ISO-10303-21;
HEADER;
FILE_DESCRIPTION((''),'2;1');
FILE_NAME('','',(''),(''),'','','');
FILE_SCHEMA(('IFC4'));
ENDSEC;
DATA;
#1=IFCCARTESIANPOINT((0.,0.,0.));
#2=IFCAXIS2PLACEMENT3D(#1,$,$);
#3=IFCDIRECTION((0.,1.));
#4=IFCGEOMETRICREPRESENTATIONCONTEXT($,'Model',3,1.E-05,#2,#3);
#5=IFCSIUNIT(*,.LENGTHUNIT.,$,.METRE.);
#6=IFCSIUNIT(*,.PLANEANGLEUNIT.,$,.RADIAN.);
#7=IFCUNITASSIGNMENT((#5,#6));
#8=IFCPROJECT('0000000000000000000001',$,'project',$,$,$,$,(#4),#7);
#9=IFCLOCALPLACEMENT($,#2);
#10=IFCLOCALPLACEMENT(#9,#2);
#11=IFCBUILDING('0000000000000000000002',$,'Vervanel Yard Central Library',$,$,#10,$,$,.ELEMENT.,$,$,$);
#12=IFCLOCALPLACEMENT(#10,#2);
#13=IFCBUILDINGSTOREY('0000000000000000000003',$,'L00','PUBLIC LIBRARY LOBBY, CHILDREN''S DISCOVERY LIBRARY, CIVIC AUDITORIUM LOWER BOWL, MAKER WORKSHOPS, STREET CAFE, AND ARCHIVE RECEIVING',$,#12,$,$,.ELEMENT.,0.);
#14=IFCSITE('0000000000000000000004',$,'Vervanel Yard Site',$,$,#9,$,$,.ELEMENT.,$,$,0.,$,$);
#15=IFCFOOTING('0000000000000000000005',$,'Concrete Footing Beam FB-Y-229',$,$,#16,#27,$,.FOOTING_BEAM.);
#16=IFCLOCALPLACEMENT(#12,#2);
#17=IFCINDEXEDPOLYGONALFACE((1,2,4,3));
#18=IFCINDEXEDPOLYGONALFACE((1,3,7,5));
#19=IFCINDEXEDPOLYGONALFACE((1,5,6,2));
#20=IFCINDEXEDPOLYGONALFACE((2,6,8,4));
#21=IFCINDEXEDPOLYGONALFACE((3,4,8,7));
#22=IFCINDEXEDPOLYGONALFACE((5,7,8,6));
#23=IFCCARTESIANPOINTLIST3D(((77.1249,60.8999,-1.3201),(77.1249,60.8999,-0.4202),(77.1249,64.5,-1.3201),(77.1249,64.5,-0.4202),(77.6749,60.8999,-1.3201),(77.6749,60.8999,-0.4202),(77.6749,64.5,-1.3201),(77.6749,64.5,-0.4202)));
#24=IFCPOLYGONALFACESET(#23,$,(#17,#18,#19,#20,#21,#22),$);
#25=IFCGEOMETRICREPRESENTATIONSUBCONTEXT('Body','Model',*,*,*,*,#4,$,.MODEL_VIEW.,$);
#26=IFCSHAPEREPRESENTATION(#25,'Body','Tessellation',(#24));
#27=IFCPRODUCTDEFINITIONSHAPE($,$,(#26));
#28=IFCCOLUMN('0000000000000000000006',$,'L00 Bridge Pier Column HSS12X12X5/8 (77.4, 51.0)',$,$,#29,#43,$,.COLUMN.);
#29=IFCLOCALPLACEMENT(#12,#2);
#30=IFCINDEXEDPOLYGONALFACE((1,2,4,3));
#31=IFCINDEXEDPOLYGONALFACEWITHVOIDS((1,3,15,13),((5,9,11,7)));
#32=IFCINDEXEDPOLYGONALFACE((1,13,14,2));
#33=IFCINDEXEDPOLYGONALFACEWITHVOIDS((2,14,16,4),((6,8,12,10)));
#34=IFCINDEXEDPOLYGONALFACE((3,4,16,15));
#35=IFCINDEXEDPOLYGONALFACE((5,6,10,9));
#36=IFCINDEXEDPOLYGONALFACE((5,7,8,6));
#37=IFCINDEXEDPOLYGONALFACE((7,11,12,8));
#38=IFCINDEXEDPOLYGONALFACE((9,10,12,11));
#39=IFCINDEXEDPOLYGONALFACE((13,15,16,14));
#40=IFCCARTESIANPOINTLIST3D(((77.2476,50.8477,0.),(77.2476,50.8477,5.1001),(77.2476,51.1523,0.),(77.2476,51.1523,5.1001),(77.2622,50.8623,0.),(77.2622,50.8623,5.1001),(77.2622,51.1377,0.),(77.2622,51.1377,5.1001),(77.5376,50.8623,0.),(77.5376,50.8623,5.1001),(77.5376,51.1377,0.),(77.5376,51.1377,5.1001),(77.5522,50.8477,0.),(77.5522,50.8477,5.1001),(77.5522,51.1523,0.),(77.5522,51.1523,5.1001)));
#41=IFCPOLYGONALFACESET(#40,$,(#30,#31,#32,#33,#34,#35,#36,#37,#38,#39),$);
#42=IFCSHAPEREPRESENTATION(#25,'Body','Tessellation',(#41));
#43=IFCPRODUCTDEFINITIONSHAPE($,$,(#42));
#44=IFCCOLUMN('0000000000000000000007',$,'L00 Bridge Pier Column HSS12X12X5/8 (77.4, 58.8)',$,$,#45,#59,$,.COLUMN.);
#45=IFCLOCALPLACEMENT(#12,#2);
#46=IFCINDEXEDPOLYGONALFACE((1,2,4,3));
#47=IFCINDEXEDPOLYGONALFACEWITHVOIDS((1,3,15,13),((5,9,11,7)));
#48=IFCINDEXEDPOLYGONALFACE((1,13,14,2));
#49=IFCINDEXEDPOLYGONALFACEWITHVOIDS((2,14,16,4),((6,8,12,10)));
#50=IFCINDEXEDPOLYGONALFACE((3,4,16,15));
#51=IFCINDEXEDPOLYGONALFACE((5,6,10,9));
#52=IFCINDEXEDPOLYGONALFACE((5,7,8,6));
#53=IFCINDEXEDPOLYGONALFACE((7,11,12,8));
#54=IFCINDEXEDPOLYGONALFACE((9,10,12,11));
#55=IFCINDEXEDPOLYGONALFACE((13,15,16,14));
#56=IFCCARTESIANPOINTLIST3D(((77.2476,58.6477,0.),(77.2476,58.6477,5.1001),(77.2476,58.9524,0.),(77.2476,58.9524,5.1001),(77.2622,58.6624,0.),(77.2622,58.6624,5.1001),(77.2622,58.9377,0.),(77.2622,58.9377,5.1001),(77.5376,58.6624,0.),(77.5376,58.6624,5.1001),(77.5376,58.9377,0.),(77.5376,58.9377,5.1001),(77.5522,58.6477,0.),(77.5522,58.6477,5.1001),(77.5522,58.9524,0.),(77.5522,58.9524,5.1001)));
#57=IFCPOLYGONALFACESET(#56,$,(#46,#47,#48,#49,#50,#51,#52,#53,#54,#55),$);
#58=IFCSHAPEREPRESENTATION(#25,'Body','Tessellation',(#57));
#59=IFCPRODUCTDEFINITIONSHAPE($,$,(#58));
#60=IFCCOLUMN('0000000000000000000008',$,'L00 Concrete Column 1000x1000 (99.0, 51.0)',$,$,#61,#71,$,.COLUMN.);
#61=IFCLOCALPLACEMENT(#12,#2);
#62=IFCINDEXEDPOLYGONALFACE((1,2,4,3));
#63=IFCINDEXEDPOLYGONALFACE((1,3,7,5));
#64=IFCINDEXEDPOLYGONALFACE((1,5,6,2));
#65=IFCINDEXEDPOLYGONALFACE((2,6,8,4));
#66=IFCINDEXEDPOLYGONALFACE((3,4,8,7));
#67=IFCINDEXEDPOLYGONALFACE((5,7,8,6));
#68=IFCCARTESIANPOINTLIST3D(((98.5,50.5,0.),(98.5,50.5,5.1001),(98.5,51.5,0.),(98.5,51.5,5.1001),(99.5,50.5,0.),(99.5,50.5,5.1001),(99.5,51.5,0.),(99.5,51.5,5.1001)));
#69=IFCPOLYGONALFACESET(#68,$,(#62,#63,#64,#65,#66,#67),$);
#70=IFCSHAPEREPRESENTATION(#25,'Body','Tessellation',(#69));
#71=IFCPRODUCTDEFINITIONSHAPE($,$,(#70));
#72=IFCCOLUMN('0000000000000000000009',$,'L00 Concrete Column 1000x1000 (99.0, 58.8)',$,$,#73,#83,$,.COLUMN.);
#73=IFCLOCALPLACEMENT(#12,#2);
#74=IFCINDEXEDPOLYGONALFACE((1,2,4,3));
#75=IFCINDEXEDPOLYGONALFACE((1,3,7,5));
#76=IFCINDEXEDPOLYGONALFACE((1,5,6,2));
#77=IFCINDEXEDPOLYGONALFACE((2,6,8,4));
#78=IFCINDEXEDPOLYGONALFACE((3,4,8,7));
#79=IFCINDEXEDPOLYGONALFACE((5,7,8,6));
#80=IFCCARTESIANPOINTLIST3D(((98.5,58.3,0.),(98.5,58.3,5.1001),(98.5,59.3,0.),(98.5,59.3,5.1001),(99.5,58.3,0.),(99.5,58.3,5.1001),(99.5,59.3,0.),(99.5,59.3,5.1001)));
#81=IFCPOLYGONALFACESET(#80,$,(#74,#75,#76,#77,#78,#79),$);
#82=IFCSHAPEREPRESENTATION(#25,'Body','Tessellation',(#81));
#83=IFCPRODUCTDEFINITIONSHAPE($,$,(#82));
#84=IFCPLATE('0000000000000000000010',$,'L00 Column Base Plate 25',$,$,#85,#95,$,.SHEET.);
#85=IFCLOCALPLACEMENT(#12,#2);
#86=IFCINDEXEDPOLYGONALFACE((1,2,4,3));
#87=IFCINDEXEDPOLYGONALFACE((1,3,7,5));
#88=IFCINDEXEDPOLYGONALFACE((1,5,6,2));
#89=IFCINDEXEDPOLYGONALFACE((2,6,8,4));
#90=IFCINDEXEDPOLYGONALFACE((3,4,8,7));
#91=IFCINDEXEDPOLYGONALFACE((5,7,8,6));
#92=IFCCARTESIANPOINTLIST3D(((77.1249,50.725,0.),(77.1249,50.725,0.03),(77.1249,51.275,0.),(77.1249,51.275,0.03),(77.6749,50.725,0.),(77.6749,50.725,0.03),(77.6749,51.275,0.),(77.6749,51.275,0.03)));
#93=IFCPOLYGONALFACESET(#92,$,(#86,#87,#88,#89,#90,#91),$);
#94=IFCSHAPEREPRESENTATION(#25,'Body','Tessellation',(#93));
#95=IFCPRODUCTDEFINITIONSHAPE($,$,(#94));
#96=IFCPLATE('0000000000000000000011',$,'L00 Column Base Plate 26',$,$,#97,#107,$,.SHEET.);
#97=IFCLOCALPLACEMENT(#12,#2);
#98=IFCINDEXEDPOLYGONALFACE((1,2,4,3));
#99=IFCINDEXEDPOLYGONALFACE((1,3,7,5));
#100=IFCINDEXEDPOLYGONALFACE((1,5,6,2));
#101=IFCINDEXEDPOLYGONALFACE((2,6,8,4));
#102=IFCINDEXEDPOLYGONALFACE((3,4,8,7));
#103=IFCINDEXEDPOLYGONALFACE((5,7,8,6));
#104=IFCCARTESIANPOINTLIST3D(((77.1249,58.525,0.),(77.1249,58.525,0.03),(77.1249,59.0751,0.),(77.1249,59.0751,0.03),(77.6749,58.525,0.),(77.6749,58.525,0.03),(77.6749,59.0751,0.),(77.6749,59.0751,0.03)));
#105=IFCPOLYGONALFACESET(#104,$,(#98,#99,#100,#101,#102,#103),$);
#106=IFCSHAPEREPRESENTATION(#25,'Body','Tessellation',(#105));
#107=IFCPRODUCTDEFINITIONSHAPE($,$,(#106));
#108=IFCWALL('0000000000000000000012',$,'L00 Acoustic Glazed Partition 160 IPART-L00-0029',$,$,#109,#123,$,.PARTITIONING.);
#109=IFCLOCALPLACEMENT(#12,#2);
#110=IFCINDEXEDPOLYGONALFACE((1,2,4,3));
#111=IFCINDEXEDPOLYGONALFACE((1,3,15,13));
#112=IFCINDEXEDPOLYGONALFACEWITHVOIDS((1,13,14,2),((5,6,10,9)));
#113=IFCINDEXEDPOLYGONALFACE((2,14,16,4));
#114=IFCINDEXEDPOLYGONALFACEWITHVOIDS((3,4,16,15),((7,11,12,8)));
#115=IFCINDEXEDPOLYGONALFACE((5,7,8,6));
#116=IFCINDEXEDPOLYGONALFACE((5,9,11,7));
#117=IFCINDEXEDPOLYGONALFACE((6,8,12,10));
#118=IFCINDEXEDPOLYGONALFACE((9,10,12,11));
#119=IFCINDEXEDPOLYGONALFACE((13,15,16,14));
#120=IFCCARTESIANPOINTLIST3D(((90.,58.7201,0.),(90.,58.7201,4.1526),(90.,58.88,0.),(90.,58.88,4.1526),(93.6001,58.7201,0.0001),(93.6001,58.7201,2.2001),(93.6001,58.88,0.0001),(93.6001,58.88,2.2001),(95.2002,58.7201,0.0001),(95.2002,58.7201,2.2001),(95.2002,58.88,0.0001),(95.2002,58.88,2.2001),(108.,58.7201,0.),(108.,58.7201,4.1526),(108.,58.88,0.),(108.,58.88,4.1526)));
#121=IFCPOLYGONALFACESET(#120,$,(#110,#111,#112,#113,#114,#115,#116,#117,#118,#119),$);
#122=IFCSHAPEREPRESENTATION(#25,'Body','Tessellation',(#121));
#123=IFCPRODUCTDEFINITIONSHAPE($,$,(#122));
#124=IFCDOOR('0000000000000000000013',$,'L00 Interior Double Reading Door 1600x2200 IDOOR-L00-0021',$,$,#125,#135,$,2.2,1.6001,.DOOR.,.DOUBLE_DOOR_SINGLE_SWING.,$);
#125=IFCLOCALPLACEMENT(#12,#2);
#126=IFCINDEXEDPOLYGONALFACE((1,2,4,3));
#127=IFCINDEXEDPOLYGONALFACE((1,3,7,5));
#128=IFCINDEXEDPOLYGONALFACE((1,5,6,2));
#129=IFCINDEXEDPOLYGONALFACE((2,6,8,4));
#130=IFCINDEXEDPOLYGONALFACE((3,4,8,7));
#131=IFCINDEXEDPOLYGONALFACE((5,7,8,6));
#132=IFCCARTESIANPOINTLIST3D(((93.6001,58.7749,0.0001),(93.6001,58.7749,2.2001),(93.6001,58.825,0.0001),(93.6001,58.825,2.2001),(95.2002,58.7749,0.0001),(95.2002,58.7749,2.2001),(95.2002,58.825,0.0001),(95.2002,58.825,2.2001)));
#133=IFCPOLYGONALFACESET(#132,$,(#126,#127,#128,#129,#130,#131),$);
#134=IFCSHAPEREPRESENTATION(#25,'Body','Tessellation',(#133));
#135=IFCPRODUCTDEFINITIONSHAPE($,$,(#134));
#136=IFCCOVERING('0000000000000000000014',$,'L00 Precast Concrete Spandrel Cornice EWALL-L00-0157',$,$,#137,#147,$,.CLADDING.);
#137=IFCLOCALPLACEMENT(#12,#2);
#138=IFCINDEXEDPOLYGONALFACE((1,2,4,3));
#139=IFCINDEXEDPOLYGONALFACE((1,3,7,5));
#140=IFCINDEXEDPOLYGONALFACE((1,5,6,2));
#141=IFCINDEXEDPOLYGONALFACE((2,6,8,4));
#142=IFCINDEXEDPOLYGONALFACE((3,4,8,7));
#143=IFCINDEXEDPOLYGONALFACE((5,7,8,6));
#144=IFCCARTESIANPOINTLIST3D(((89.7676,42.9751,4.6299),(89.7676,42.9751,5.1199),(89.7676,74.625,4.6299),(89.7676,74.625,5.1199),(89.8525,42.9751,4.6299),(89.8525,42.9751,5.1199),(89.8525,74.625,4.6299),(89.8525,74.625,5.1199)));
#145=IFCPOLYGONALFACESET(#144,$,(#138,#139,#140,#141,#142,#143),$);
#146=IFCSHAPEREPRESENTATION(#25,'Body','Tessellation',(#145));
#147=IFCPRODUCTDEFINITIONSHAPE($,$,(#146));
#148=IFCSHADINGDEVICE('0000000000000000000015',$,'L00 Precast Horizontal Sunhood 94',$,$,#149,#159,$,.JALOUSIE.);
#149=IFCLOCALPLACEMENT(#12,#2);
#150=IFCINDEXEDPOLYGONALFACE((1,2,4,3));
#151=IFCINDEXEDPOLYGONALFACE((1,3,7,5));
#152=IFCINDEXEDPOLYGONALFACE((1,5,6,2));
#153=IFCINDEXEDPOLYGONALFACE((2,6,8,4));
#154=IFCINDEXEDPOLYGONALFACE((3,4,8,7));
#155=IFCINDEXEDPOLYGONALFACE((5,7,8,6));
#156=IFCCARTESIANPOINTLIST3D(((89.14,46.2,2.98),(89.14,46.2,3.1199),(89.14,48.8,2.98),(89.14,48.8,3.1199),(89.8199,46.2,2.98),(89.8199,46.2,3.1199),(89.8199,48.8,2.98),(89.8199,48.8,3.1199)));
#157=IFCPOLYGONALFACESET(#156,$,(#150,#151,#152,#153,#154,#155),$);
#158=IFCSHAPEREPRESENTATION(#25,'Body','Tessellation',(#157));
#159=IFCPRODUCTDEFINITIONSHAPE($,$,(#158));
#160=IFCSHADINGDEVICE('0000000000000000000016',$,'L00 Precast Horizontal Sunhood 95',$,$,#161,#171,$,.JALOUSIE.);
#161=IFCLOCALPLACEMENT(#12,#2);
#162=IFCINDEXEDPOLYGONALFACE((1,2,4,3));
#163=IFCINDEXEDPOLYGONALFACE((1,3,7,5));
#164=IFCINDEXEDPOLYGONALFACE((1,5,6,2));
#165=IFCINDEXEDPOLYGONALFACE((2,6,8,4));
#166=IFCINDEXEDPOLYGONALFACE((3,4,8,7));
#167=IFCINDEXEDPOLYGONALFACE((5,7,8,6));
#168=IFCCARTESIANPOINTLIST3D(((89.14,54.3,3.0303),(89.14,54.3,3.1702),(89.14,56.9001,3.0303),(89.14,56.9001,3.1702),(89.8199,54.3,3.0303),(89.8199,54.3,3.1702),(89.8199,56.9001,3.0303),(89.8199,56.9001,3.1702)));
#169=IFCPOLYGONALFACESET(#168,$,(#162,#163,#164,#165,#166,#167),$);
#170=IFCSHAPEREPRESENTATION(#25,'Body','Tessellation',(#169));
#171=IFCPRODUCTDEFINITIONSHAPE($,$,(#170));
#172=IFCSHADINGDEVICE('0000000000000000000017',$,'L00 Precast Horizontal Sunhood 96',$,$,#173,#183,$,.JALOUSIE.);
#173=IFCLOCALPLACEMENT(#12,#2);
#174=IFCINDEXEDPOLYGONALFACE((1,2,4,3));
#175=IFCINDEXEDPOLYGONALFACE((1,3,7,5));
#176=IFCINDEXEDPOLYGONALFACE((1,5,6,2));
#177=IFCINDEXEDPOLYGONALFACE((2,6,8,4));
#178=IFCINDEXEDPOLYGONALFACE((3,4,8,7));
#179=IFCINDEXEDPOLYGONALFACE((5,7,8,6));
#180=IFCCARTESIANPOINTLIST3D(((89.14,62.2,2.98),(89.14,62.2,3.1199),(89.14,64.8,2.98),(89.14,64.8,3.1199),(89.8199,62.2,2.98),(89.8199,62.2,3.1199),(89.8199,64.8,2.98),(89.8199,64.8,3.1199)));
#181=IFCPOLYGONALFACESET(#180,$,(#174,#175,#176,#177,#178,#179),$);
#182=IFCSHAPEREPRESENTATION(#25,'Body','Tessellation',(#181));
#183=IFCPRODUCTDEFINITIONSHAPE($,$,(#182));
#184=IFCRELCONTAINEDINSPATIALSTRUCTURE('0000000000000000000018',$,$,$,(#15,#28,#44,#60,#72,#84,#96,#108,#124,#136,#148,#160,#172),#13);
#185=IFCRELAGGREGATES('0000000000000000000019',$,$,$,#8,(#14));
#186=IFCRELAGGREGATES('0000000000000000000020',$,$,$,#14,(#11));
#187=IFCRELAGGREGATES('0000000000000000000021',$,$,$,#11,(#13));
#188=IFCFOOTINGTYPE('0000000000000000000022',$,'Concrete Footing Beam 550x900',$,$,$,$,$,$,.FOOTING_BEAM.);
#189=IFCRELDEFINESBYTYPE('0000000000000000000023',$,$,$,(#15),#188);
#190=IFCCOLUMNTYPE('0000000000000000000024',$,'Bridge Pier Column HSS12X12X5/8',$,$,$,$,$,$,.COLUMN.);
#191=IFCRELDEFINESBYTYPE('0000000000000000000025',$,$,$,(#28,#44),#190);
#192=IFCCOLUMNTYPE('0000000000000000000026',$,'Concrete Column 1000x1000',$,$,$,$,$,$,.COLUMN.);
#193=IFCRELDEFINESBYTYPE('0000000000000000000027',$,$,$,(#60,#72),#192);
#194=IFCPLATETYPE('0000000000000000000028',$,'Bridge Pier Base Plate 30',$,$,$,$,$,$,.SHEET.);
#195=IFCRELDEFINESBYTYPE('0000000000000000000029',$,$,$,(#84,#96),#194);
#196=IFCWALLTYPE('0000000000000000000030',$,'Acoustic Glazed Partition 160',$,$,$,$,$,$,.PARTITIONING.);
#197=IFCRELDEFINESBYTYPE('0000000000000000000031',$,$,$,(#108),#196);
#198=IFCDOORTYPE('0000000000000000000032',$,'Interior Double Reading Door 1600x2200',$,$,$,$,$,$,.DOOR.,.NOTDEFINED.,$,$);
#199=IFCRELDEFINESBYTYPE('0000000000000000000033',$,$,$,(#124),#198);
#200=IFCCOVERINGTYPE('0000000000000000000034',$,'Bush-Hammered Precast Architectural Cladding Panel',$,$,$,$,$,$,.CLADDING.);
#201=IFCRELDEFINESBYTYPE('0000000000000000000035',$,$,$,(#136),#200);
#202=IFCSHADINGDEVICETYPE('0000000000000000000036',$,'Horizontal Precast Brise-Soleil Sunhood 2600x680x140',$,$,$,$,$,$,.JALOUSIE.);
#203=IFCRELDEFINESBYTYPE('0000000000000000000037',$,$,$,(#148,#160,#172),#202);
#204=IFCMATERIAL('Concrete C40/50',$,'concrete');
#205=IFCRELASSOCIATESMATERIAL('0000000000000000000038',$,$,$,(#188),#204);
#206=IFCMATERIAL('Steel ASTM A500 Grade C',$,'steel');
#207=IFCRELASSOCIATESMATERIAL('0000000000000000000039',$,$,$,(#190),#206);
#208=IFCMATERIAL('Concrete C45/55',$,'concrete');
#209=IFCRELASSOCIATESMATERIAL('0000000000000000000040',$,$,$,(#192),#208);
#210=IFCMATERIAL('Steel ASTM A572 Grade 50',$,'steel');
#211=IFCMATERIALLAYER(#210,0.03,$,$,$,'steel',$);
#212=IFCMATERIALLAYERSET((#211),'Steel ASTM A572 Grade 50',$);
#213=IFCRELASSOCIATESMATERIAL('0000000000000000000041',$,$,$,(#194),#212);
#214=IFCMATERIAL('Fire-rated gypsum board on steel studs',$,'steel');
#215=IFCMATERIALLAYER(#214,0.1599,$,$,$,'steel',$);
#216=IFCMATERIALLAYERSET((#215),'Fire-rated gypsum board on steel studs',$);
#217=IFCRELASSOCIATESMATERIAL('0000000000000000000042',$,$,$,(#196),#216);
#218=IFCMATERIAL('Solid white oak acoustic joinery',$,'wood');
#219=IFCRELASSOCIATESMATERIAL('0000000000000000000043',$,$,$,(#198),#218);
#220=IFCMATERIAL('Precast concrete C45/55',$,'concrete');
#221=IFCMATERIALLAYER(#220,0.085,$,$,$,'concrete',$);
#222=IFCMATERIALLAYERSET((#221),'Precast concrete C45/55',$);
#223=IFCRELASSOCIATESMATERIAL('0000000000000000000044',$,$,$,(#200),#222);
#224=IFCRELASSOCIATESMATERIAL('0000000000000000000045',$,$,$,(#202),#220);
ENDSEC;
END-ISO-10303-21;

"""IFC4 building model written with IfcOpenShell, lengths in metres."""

from ifc_helpers import new_model, si_unit, direction, frame, frame_2d, origin, origin_2d, place, context, subcontext, project, spatial, rectangle, hollow_rectangle, extrude, material, layer, layer_set, material_profile, profile_set, type_object, element, fill, save


model = new_model("IFC4")

# Units and contexts
model_context = context("Model", 3, precision=1e-05, world=origin(), true_north=direction((0.0, 1.0)))
body_context = subcontext(model_context, "Body", "Model", "MODEL_VIEW")
ifc_project = project(units=[si_unit("LENGTHUNIT", "METRE"), si_unit("PLANEANGLEUNIT", "RADIAN")], contexts=[model_context])

# Site, building, storey
site_placement = place(None, origin())
site = spatial("IfcSite", under=ifc_project, at=site_placement, Name="Vervanel Yard Site", CompositionType="ELEMENT", RefElevation=0.0)
building_placement = place(site_placement, origin())
building = spatial("IfcBuilding", under=site, at=building_placement, Name="Vervanel Yard Central Library", CompositionType="ELEMENT")
storey_placement = place(building_placement, origin())
storey = spatial("IfcBuildingStorey", under=building, at=storey_placement, Name="L00", Description="PUBLIC LIBRARY LOBBY, CHILDREN'S DISCOVERY LIBRARY, CIVIC AUDITORIUM LOWER BOWL, MAKER WORKSHOPS, STREET CAFE, AND ARCHIVE RECEIVING", CompositionType="ELEMENT", Elevation=0.0)

# Footing
ifc_material_1 = material(Name="Concrete C40/50", Category="concrete")
ifc_material_profile_1 = material_profile(ifc_material_1, rectangle(XDim=0.55, YDim=0.8999, at=origin_2d()), Name="RC 550x900", Category="concrete")
ifc_profile_set_1 = profile_set([ifc_material_profile_1], Name="Concrete C40/50")
footing_type = type_object("IfcFootingType", Name="Concrete Footing Beam 550x900", PredefinedType="FOOTING_BEAM", material=ifc_profile_set_1)
footing_placement = place(storey_placement, frame((77.3999, 60.8999, -0.8701), z_axis=(0.0, 1.0, 0.0), x_axis=(-1.0, 0.0, 0.0)))
element("IfcFooting", 1, at=footing_placement, inside=storey, type_object=footing_type, Name="Concrete Footing Beam FB-Y-229", PredefinedType="FOOTING_BEAM", context=body_context, shape_type="SweptSolid", body=[
    extrude(rectangle(XDim=0.55, YDim=0.8999, at=origin_2d()), origin(), (0.0, 0.0, 1.0), 3.6001),
])

# Columns
ifc_material_2 = material(Name="Steel ASTM A500 Grade C", Category="steel")
ifc_material_profile_2 = material_profile(ifc_material_2, hollow_rectangle(XDim=0.3047, YDim=0.3047, WallThickness=0.0146, at=origin_2d()), Name="HSS12X12X5/8", Category="steel")
ifc_profile_set_2 = profile_set([ifc_material_profile_2], Name="Steel ASTM A500 Grade C")
column_type_1 = type_object("IfcColumnType", Name="Bridge Pier Column HSS12X12X5/8", PredefinedType="COLUMN", material=ifc_profile_set_2)
for number, where, z_axis, x_axis, name in (
    (2, (77.3999, 51.0, 0.0), (0.0, 0.0, 1.0), (1.0, 0.0, 0.0), "L00 Bridge Pier Column HSS12X12X5/8 (77.4, 51.0)"),
    (3, (77.3999, 58.8, 0.0), (0.0, 0.0, 1.0), (1.0, 0.0, 0.0), "L00 Bridge Pier Column HSS12X12X5/8 (77.4, 58.8)"),
):
    element("IfcColumn", number, at=place(storey_placement, frame(where, z_axis=z_axis, x_axis=x_axis)), inside=storey, type_object=column_type_1, Name=name, PredefinedType="COLUMN", context=body_context, shape_type="SweptSolid", body=[
        extrude(hollow_rectangle(XDim=0.3047, YDim=0.3047, WallThickness=0.0146, at=origin_2d()), origin(), (0.0, 0.0, 1.0), 5.1001),
    ])
ifc_material_3 = material(Name="Concrete C45/55", Category="concrete")
ifc_material_profile_3 = material_profile(ifc_material_3, rectangle(XDim=1.0, YDim=1.0, at=origin_2d()), Name="RC 1000x1000", Category="concrete")
ifc_profile_set_3 = profile_set([ifc_material_profile_3], Name="Concrete C45/55")
column_type_2 = type_object("IfcColumnType", Name="Concrete Column 1000x1000", PredefinedType="COLUMN", material=ifc_profile_set_3)
for number, where, z_axis, x_axis, name in (
    (4, (99.0, 51.0, 0.0), (0.0, 0.0, 1.0), (1.0, 0.0, 0.0), "L00 Concrete Column 1000x1000 (99.0, 51.0)"),
    (5, (99.0, 58.8, 0.0), (0.0, 0.0, 1.0), (1.0, 0.0, 0.0), "L00 Concrete Column 1000x1000 (99.0, 58.8)"),
):
    element("IfcColumn", number, at=place(storey_placement, frame(where, z_axis=z_axis, x_axis=x_axis)), inside=storey, type_object=column_type_2, Name=name, PredefinedType="COLUMN", context=body_context, shape_type="SweptSolid", body=[
        extrude(rectangle(XDim=1.0, YDim=1.0, at=origin_2d()), origin(), (0.0, 0.0, 1.0), 5.1001),
    ])

# Plates
ifc_material_4 = material(Name="Steel ASTM A572 Grade 50", Category="steel")
ifc_layer_1 = layer(ifc_material_4, 0.03, Category="steel")
ifc_layer_set_1 = layer_set([ifc_layer_1], Name="Steel ASTM A572 Grade 50")
plate_type = type_object("IfcPlateType", Name="Bridge Pier Base Plate 30", PredefinedType="SHEET", material=ifc_layer_set_1)
for number, where, z_axis, x_axis, name in (
    (6, (77.3999, 51.0, 0.0), (0.0, 0.0, 1.0), (1.0, 0.0, 0.0), "L00 Column Base Plate 25"),
    (7, (77.3999, 58.8, 0.0), (0.0, 0.0, 1.0), (1.0, 0.0, 0.0), "L00 Column Base Plate 26"),
):
    element("IfcPlate", number, at=place(storey_placement, frame(where, z_axis=z_axis, x_axis=x_axis)), inside=storey, type_object=plate_type, Name=name, PredefinedType="SHEET", context=body_context, shape_type="SweptSolid", body=[
        extrude(rectangle(XDim=0.55, YDim=0.55, at=origin_2d()), origin(), (0.0, 0.0, 1.0), 0.03),
    ])

# Wall, opening, door
ifc_material_5 = material(Name="Fire-rated gypsum board on steel studs", Category="steel")
ifc_layer_2 = layer(ifc_material_5, 0.1599, Category="steel")
ifc_layer_set_2 = layer_set([ifc_layer_2], Name="Fire-rated gypsum board on steel studs")
wall_type = type_object("IfcWallType", Name="Acoustic Glazed Partition 160", PredefinedType="PARTITIONING", material=ifc_layer_set_2)
wall_placement = place(storey_placement, frame((90.0, 58.8, 0.0), z_axis=(0.0, 0.0, 1.0), x_axis=(1.0, 0.0, 0.0)))
wall = element("IfcWall", 8, at=wall_placement, inside=storey, type_object=wall_type, Name="L00 Acoustic Glazed Partition 160 IPART-L00-0029", PredefinedType="PARTITIONING", context=body_context, shape_type="SweptSolid", body=[
    extrude(rectangle(XDim=18.0, YDim=0.1599, at=frame_2d((9.0, 0.0))), origin(), (0.0, 0.0, 1.0), 4.1526),
])
opening_placement = place(wall_placement, frame((3.6001, 0.0, 0.0)))
opening = element("IfcOpeningElement", 9, at=opening_placement, cuts=wall, PredefinedType="OPENING", context=body_context, shape_type="SweptSolid", body=[
    extrude(rectangle(XDim=1.6001, YDim=2.2, at=frame_2d((0.8, 1.1001))), frame((0.0, 0.0898, 0.0), z_axis=(0.0, -1.0, 0.0), x_axis=(1.0, 0.0, 0.0)), (0.0, 0.0, 1.0), 0.1799),
])
ifc_material_6 = material(Name="Solid white oak acoustic joinery", Category="wood")
door_type = type_object("IfcDoorType", Name="Interior Double Reading Door 1600x2200", OperationType="NOTDEFINED", PredefinedType="DOOR", material=ifc_material_6)
door_placement = place(opening_placement, origin())
door = element("IfcDoor", 10, at=door_placement, inside=storey, type_object=door_type, Name="L00 Interior Double Reading Door 1600x2200 IDOOR-L00-0021", OperationType="DOUBLE_DOOR_SINGLE_SWING", OverallHeight=2.2, OverallWidth=1.6001, PredefinedType="DOOR", context=body_context, shape_type="SweptSolid", body=[
    extrude(rectangle(XDim=1.6001, YDim=2.2, at=frame_2d((0.8, 1.1001))), frame((0.0, 0.0249, 0.0), z_axis=(0.0, -1.0, 0.0), x_axis=(1.0, 0.0, 0.0)), (0.0, 0.0, 1.0), 0.05),
])
fill(opening, door)

# Covering
ifc_material_7 = material(Name="Precast concrete C45/55", Category="concrete")
ifc_layer_3 = layer(ifc_material_7, 0.085, Category="concrete")
ifc_layer_set_3 = layer_set([ifc_layer_3], Name="Precast concrete C45/55")
covering_type = type_object("IfcCoveringType", Name="Bush-Hammered Precast Architectural Cladding Panel", PredefinedType="CLADDING", material=ifc_layer_set_3)
covering_placement = place(storey_placement, frame((89.8101, 58.8, 4.6299), z_axis=(0.0, 0.0, 1.0), x_axis=(0.0, 1.0, 0.0)))
element("IfcCovering", 11, at=covering_placement, inside=storey, type_object=covering_type, Name="L00 Precast Concrete Spandrel Cornice EWALL-L00-0157", PredefinedType="CLADDING", context=body_context, shape_type="SweptSolid", body=[
    extrude(rectangle(XDim=31.6499, YDim=0.085, at=origin_2d()), origin(), (0.0, 0.0, 1.0), 0.49),
])

# Shading devices
shading_device_type_1 = type_object("IfcShadingDeviceType", Name="Horizontal Precast Brise-Soleil Sunhood 2600x680x140", PredefinedType="JALOUSIE", material=ifc_material_7)
for number, where, z_axis, x_axis, name in (
    (12, (89.48, 47.5, 2.98), (0.0, 0.0, 1.0), (0.0, 1.0, 0.0), "L00 Precast Horizontal Sunhood 94"),
    (13, (89.48, 55.6001, 3.0303), (0.0, 0.0, 1.0), (0.0, 1.0, 0.0), "L00 Precast Horizontal Sunhood 95"),
    (14, (89.48, 63.5, 2.98), (0.0, 0.0, 1.0), (0.0, 1.0, 0.0), "L00 Precast Horizontal Sunhood 96"),
):
    element("IfcShadingDevice", number, at=place(storey_placement, frame(where, z_axis=z_axis, x_axis=x_axis)), inside=storey, type_object=shading_device_type_1, Name=name, PredefinedType="JALOUSIE", context=body_context, shape_type="SweptSolid", body=[
        extrude(rectangle(XDim=2.6001, YDim=0.6799, at=origin_2d()), origin(), (0.0, 0.0, 1.0), 0.1399),
    ])

save(model, "model.ifc")
